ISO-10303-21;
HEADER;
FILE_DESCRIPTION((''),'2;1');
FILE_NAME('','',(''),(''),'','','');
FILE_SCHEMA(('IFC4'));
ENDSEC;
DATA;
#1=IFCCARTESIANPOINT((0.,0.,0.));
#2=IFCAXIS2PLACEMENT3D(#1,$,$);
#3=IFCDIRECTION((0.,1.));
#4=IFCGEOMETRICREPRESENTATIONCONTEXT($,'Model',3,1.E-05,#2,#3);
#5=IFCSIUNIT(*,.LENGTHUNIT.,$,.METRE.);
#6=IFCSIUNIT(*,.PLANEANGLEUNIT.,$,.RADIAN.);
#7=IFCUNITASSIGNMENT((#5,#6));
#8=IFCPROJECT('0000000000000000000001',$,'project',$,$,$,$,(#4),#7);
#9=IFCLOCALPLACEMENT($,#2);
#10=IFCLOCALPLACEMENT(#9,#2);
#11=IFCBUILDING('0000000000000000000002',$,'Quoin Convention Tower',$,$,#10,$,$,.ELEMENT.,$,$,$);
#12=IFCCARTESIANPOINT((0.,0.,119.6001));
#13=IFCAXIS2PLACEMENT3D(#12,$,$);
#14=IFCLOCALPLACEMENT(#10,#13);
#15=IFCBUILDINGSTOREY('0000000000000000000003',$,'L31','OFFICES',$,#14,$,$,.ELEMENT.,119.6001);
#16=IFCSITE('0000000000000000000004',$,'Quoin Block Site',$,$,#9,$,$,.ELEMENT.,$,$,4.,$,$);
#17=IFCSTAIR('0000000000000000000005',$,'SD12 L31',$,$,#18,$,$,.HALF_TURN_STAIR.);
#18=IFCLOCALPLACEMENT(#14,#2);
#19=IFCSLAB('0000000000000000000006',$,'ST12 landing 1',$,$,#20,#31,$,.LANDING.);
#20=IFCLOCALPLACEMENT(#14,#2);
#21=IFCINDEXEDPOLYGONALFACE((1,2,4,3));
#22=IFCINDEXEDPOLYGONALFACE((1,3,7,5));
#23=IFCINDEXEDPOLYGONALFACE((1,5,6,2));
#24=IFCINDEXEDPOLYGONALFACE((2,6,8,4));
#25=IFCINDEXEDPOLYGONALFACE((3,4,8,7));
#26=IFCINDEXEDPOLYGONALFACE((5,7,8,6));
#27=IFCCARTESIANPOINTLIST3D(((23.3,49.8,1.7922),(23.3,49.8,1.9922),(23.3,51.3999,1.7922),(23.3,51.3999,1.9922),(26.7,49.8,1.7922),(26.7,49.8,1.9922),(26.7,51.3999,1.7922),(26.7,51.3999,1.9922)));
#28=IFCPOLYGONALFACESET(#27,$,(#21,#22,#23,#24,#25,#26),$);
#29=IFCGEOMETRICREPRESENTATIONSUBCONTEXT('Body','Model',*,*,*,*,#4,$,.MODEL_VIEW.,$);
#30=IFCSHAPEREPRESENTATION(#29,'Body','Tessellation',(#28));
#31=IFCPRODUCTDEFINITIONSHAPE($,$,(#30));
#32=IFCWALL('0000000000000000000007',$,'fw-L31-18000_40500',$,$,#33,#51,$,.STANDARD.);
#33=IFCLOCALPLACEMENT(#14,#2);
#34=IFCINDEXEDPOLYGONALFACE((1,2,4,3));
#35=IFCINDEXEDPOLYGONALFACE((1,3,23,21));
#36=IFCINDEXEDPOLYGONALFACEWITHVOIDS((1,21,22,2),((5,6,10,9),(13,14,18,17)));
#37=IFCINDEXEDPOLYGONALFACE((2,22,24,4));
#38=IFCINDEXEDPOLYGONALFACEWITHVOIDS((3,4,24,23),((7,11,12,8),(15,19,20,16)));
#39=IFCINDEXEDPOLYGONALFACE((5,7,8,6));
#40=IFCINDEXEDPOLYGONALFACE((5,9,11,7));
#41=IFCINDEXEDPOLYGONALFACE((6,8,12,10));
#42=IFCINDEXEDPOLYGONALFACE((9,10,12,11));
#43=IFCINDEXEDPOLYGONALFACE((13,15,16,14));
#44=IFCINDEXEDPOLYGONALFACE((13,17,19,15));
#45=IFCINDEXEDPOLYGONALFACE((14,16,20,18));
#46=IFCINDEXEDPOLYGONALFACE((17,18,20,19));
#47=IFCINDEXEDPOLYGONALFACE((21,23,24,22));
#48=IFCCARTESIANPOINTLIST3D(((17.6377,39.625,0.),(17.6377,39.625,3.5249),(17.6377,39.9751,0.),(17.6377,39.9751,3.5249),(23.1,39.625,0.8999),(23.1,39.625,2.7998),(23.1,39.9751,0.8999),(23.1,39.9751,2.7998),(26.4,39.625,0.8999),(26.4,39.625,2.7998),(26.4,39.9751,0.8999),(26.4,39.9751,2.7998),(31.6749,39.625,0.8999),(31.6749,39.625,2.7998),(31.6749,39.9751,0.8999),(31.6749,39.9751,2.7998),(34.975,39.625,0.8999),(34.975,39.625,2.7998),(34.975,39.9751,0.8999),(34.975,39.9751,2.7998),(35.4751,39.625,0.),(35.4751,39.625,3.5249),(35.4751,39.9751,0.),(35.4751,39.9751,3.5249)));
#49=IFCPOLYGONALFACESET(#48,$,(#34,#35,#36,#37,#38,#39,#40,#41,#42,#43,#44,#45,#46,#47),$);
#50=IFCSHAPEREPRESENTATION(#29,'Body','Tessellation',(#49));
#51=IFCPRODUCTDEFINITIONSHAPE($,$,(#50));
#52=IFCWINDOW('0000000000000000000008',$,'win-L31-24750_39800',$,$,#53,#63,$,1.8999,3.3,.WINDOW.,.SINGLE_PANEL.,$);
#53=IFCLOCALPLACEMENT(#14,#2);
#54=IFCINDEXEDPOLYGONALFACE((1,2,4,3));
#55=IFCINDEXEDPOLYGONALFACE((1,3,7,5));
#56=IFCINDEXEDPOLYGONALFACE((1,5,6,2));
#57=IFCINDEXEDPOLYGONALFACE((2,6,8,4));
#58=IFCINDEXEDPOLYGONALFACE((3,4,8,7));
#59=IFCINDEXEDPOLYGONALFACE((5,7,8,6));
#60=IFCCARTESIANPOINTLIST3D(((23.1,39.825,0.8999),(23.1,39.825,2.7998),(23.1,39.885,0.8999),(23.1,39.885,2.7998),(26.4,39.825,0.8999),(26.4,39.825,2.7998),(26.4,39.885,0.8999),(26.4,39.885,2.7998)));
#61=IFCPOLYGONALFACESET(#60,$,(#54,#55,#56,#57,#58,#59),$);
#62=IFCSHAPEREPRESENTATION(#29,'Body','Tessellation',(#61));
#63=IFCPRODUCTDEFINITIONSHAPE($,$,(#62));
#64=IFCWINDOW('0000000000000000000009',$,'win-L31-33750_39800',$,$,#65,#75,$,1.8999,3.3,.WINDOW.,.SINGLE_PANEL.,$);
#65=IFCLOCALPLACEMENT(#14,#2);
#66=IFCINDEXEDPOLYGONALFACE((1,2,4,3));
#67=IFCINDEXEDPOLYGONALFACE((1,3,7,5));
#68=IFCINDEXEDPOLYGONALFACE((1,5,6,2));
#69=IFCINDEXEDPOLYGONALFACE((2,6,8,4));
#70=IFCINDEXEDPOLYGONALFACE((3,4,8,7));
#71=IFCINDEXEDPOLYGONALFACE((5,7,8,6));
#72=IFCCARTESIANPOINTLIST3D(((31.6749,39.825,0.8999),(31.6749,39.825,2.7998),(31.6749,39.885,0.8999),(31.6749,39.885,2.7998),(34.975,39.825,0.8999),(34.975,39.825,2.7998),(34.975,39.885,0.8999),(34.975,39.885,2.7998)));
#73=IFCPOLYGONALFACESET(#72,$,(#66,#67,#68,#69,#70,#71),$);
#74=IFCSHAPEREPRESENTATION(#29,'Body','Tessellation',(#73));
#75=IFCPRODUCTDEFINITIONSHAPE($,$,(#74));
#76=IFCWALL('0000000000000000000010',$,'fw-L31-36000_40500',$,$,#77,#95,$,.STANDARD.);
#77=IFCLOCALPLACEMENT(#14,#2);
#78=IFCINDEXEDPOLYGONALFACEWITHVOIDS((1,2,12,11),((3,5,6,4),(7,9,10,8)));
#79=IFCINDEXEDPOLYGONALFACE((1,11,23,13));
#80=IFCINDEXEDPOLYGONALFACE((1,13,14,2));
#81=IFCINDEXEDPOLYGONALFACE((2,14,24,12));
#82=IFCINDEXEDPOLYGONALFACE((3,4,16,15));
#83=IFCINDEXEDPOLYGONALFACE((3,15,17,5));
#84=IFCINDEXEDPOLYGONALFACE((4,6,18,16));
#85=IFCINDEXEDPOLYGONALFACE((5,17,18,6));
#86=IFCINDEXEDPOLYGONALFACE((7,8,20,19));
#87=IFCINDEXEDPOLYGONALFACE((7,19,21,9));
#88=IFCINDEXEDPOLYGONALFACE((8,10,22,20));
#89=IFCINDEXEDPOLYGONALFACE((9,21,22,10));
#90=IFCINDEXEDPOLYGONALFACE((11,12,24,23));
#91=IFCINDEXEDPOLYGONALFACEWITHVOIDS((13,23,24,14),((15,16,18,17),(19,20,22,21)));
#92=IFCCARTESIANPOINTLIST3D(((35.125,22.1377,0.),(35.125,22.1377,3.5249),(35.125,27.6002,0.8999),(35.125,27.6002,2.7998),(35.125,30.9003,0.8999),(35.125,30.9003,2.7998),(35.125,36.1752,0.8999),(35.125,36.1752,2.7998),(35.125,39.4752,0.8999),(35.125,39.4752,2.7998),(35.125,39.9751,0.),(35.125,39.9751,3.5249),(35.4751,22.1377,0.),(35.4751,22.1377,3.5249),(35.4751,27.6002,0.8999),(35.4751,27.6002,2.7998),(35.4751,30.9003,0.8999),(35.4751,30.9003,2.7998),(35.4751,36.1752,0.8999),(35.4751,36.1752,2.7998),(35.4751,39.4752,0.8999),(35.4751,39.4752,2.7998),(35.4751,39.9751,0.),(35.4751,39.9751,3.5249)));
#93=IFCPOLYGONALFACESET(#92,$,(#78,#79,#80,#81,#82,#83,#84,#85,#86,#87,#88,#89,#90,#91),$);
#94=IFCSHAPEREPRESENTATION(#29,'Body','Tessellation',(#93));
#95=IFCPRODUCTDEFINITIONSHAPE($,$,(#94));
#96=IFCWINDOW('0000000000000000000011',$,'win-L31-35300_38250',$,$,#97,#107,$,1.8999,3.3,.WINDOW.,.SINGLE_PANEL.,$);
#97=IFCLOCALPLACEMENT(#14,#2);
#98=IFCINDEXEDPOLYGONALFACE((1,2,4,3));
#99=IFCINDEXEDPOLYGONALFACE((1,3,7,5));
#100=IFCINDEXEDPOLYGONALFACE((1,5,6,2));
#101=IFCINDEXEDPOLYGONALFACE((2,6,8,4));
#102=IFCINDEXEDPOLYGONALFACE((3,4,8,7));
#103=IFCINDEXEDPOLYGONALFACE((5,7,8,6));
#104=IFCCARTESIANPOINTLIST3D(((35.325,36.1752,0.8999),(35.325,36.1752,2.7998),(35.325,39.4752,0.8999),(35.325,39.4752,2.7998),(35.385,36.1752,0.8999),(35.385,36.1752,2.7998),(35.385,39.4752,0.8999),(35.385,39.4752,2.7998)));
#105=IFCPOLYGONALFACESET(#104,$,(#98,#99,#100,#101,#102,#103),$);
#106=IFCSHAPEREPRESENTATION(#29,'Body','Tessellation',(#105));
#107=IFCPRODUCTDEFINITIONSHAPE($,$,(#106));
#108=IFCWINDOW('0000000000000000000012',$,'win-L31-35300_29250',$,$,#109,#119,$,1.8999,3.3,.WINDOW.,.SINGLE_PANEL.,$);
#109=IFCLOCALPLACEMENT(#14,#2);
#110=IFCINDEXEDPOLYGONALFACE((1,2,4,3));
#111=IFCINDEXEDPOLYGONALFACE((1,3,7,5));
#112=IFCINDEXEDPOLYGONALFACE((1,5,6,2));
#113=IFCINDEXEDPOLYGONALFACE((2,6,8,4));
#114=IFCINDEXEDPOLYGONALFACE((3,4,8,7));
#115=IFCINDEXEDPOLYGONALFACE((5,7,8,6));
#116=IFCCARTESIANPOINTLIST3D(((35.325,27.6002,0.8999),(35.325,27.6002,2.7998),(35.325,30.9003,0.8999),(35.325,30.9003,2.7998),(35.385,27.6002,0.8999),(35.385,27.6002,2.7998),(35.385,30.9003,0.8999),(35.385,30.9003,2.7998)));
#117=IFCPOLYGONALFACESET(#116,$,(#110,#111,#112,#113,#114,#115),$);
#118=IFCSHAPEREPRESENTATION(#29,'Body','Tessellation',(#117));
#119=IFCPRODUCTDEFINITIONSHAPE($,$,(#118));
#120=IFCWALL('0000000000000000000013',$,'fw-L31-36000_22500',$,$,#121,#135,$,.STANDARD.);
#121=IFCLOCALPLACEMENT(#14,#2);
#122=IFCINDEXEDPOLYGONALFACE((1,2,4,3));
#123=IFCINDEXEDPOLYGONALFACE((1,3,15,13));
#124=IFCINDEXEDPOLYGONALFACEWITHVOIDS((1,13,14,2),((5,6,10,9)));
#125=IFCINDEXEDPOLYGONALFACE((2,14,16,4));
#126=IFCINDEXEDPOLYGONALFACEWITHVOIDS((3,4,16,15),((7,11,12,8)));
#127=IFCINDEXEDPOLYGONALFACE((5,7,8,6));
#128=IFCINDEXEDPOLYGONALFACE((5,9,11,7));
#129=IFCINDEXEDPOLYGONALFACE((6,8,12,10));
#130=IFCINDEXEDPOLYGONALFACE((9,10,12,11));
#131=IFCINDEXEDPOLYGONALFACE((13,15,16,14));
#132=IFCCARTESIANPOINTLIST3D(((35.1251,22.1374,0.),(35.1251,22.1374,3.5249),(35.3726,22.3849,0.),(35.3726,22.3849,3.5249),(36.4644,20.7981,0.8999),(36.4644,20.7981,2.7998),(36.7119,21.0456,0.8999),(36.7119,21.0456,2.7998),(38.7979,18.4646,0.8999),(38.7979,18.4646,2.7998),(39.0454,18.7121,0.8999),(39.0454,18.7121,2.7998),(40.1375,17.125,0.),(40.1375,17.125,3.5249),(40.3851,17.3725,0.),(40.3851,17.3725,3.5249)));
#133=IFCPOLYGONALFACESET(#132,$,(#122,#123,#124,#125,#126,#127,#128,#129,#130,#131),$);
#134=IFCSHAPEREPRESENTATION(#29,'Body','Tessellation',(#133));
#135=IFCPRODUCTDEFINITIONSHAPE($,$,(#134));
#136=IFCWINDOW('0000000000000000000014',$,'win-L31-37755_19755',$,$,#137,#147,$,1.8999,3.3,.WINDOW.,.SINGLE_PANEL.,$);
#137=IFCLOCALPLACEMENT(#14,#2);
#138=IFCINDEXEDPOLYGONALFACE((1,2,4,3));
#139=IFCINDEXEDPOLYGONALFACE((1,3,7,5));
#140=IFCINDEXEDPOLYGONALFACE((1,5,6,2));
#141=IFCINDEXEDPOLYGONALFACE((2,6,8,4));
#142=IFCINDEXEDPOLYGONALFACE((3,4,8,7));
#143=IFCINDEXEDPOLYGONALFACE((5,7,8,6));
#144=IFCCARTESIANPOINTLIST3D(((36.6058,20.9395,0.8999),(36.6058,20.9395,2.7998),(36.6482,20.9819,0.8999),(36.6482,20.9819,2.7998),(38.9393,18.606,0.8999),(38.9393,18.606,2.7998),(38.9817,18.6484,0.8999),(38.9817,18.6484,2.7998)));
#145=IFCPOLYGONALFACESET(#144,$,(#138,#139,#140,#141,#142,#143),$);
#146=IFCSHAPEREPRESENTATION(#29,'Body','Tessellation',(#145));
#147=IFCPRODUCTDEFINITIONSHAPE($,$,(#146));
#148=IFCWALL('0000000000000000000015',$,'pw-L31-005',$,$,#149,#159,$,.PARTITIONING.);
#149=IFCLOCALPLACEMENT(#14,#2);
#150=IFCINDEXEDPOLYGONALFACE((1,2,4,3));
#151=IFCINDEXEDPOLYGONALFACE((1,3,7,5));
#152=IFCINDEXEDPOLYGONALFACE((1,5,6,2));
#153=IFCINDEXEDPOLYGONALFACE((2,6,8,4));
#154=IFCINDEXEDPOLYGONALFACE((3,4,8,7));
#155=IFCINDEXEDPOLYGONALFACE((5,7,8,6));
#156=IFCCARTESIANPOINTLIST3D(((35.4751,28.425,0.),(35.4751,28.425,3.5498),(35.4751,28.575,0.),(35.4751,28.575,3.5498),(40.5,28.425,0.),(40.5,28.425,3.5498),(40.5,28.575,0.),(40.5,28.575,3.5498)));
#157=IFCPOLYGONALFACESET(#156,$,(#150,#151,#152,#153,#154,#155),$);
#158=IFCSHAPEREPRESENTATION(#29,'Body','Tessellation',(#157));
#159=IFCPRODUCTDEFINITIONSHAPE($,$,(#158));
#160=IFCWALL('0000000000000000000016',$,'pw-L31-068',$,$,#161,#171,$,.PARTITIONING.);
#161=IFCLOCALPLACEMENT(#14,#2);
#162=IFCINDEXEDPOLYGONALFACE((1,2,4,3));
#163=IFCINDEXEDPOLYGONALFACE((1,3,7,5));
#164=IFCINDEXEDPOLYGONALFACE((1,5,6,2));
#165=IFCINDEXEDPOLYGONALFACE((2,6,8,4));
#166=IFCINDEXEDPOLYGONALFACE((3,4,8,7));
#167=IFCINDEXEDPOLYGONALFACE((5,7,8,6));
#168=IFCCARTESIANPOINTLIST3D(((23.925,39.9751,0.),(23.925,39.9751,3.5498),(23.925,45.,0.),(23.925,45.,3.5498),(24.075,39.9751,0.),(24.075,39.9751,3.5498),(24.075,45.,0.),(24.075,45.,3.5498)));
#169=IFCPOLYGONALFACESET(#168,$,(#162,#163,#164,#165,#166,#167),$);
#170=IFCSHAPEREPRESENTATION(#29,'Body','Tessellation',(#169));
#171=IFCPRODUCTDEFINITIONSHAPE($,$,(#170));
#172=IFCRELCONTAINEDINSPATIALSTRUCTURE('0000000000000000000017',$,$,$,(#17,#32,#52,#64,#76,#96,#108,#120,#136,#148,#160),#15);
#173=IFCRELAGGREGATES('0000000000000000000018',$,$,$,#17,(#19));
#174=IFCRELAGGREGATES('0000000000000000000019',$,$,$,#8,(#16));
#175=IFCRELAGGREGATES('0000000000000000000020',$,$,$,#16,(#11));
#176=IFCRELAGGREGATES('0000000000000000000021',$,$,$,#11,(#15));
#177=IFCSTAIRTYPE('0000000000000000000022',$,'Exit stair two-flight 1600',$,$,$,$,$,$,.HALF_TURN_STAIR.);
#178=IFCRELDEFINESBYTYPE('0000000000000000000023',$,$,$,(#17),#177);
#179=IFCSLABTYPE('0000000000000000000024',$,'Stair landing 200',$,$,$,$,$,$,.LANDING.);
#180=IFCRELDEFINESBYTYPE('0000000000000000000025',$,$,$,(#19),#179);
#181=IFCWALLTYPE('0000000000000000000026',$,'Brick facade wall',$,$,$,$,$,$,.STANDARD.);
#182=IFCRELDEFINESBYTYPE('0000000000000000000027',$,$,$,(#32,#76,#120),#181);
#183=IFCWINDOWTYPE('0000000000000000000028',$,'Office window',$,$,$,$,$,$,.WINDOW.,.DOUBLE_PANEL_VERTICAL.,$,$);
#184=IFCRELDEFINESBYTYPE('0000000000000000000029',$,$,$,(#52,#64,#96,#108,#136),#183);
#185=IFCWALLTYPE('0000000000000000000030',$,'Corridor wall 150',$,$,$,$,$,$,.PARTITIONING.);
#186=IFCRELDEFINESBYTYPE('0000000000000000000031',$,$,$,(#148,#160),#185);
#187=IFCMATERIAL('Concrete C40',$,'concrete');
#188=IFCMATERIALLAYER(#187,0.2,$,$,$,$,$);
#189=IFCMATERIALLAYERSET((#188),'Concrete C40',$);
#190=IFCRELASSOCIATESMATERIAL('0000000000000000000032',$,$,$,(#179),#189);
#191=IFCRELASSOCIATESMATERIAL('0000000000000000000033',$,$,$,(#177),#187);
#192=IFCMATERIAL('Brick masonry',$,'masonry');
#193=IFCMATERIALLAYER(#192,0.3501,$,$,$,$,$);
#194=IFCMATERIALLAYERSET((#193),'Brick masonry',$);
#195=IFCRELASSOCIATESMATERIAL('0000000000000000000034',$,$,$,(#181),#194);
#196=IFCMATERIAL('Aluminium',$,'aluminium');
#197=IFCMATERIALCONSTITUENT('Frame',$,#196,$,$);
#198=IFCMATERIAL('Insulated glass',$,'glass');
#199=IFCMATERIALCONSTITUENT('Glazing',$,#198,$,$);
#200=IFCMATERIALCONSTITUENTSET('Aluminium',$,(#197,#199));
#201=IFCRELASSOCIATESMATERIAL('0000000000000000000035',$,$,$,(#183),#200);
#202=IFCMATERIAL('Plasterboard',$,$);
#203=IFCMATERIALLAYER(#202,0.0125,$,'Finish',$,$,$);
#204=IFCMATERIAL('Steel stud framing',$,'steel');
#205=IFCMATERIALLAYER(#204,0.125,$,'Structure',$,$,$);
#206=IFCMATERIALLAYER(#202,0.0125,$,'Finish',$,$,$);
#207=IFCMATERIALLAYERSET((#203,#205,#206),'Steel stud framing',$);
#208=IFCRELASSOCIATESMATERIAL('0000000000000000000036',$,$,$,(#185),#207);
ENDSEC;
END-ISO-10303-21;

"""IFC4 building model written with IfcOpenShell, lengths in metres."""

from ifc_helpers import new_model, si_unit, direction, frame, frame_2d, origin, place, context, subcontext, project, spatial, polyline, rectangle, outline, extrude, material, layer, layer_set, constituent, constituent_set, type_object, element, fill, aggregate, save


model = new_model("IFC4")

# Units and contexts
model_context = context("Model", 3, precision=1e-05, world=origin(), true_north=direction((0.0, 1.0)))
body_context = subcontext(model_context, "Body", "Model", "MODEL_VIEW")
ifc_project = project(units=[si_unit("LENGTHUNIT", "METRE"), si_unit("PLANEANGLEUNIT", "RADIAN")], contexts=[model_context])

# Site, building, storey
site_placement = place(None, origin())
site = spatial("IfcSite", under=ifc_project, at=site_placement, Name="Quoin Block Site", CompositionType="ELEMENT", RefElevation=4.0)
building_placement = place(site_placement, origin())
building = spatial("IfcBuilding", under=site, at=building_placement, Name="Quoin Convention Tower", CompositionType="ELEMENT")
storey_placement = place(building_placement, frame((0.0, 0.0, 119.6001)))
storey = spatial("IfcBuildingStorey", under=building, at=storey_placement, Name="L31", Description="OFFICES", CompositionType="ELEMENT", Elevation=119.6001)

# Shared definitions
ifc_material_1 = material(Name="Concrete C40", Category="concrete")

# Stair, slab
ifc_layer_1 = layer(ifc_material_1, 0.2)
ifc_layer_set_1 = layer_set([ifc_layer_1], Name="Concrete C40")
slab_type_1 = type_object("IfcSlabType", Name="Stair landing 200", PredefinedType="LANDING", material=ifc_layer_set_1)
stair_type_1 = type_object("IfcStairType", Name="Exit stair two-flight 1600", PredefinedType="HALF_TURN_STAIR", material=ifc_material_1)
stair_1_placement = place(storey_placement, origin())
stair_1 = element("IfcStair", 1, at=stair_1_placement, inside=storey, type_object=stair_type_1, Name="SD12 L31", PredefinedType="HALF_TURN_STAIR")
slab_1_placement = place(storey_placement, frame((0.0, 0.0, 1.7922)))
slab_1 = element("IfcSlab", 2, at=slab_1_placement, type_object=slab_type_1, Name="ST12 landing 1", PredefinedType="LANDING", context=body_context, shape_type="SweptSolid", body=[
    extrude(outline(polyline([(26.7, 51.3999), (23.3, 51.3999), (23.3, 49.8), (26.7, 49.8), (26.7, 51.3999)])), origin(), (0.0, 0.0, 1.0), 0.2),
])
aggregate(stair_1, [slab_1])

# Walls, openings, windows
ifc_material_2 = material(Name="Brick masonry", Category="masonry")
ifc_layer_2 = layer(ifc_material_2, 0.3501)
ifc_layer_set_2 = layer_set([ifc_layer_2], Name="Brick masonry")
wall_type_1 = type_object("IfcWallType", Name="Brick facade wall", PredefinedType="STANDARD", material=ifc_layer_set_2)
wall_1_placement = place(storey_placement, frame((17.6377, 39.8, 0.0), z_axis=(0.0, 0.0, 1.0), x_axis=(1.0, 0.0, 0.0)))
wall_1 = element("IfcWall", 3, at=wall_1_placement, inside=storey, type_object=wall_type_1, Name="fw-L31-18000_40500", PredefinedType="STANDARD", context=body_context, shape_type="SweptSolid", body=[
    extrude(rectangle(XDim=17.8374, YDim=0.3501, at=frame_2d((8.9187, 0.0))), origin(), (0.0, 0.0, 1.0), 3.5249),
])
opening_1_placement = place(wall_1_placement, frame((5.4624, 0.0, 0.8999)))
opening_1 = element("IfcOpeningElement", 4, at=opening_1_placement, cuts=wall_1, PredefinedType="OPENING", context=body_context, shape_type="SweptSolid", body=[
    extrude(rectangle(XDim=3.3, YDim=1.8999, at=frame_2d((1.6499, 0.95))), frame((0.0, 0.1851, 0.0), z_axis=(0.0, -1.0, 0.0), x_axis=(1.0, 0.0, 0.0)), (0.0, 0.0, 1.0), 0.3701),
])
opening_2_placement = place(wall_1_placement, frame((14.0374, 0.0, 0.8999)))
opening_2 = element("IfcOpeningElement", 5, at=opening_2_placement, cuts=wall_1, PredefinedType="OPENING", context=body_context, shape_type="SweptSolid", body=[
    extrude(rectangle(XDim=3.3, YDim=1.8999, at=frame_2d((1.6499, 0.95))), frame((0.0, 0.1851, 0.0), z_axis=(0.0, -1.0, 0.0), x_axis=(1.0, 0.0, 0.0)), (0.0, 0.0, 1.0), 0.3701),
])
ifc_material_3 = material(Name="Aluminium", Category="aluminium")
ifc_constituent_1 = constituent(ifc_material_3, Name="Frame")
ifc_material_4 = material(Name="Insulated glass", Category="glass")
ifc_constituent_2 = constituent(ifc_material_4, Name="Glazing")
ifc_constituent_set = constituent_set(constituents=[ifc_constituent_1, ifc_constituent_2], Name="Aluminium")
window_type = type_object("IfcWindowType", Name="Office window", PartitioningType="DOUBLE_PANEL_VERTICAL", PredefinedType="WINDOW", material=ifc_constituent_set)
window_1_placement = place(opening_1_placement, origin())
window_1 = element("IfcWindow", 6, at=window_1_placement, inside=storey, type_object=window_type, Name="win-L31-24750_39800", OverallHeight=1.8999, OverallWidth=3.3, PartitioningType="SINGLE_PANEL", PredefinedType="WINDOW", context=body_context, shape_type="SweptSolid", body=[
    extrude(rectangle(XDim=3.3, YDim=1.8999, at=frame_2d((1.6499, 0.95))), frame((0.0, 0.085, 0.0), z_axis=(0.0, -1.0, 0.0), x_axis=(1.0, 0.0, 0.0)), (0.0, 0.0, 1.0), 0.0601),
])
fill(opening_1, window_1)
window_2_placement = place(opening_2_placement, origin())
window_2 = element("IfcWindow", 7, at=window_2_placement, inside=storey, type_object=window_type, Name="win-L31-33750_39800", OverallHeight=1.8999, OverallWidth=3.3, PartitioningType="SINGLE_PANEL", PredefinedType="WINDOW", context=body_context, shape_type="SweptSolid", body=[
    extrude(rectangle(XDim=3.3, YDim=1.8999, at=frame_2d((1.6499, 0.95))), frame((0.0, 0.085, 0.0), z_axis=(0.0, -1.0, 0.0), x_axis=(1.0, 0.0, 0.0)), (0.0, 0.0, 1.0), 0.0601),
])
fill(opening_2, window_2)
wall_2_placement = place(storey_placement, frame((35.3, 39.9751, 0.0), z_axis=(0.0, 0.0, 1.0), x_axis=(0.0, -1.0, 0.0)))
wall_2 = element("IfcWall", 8, at=wall_2_placement, inside=storey, type_object=wall_type_1, Name="fw-L31-36000_40500", PredefinedType="STANDARD", context=body_context, shape_type="SweptSolid", body=[
    extrude(rectangle(XDim=17.8374, YDim=0.3501, at=frame_2d((8.9187, 0.0))), origin(), (0.0, 0.0, 1.0), 3.5249),
])
opening_3_placement = place(wall_2_placement, frame((0.5, 0.0, 0.8999)))
opening_3 = element("IfcOpeningElement", 9, at=opening_3_placement, cuts=wall_2, PredefinedType="OPENING", context=body_context, shape_type="SweptSolid", body=[
    extrude(rectangle(XDim=3.3, YDim=1.8999, at=frame_2d((1.6499, 0.95))), frame((0.0, 0.1851, 0.0), z_axis=(0.0, -1.0, 0.0), x_axis=(1.0, 0.0, 0.0)), (0.0, 0.0, 1.0), 0.3701),
])
opening_4_placement = place(wall_2_placement, frame((9.075, 0.0, 0.8999)))
opening_4 = element("IfcOpeningElement", 10, at=opening_4_placement, cuts=wall_2, PredefinedType="OPENING", context=body_context, shape_type="SweptSolid", body=[
    extrude(rectangle(XDim=3.3, YDim=1.8999, at=frame_2d((1.6499, 0.95))), frame((0.0, 0.1851, 0.0), z_axis=(0.0, -1.0, 0.0), x_axis=(1.0, 0.0, 0.0)), (0.0, 0.0, 1.0), 0.3701),
])
window_3_placement = place(opening_3_placement, origin())
window_3 = element("IfcWindow", 11, at=window_3_placement, inside=storey, type_object=window_type, Name="win-L31-35300_38250", OverallHeight=1.8999, OverallWidth=3.3, PartitioningType="SINGLE_PANEL", PredefinedType="WINDOW", context=body_context, shape_type="SweptSolid", body=[
    extrude(rectangle(XDim=3.3, YDim=1.8999, at=frame_2d((1.6499, 0.95))), frame((0.0, 0.085, 0.0), z_axis=(0.0, -1.0, 0.0), x_axis=(1.0, 0.0, 0.0)), (0.0, 0.0, 1.0), 0.0601),
])
fill(opening_3, window_3)
window_4_placement = place(opening_4_placement, origin())
window_4 = element("IfcWindow", 12, at=window_4_placement, inside=storey, type_object=window_type, Name="win-L31-35300_29250", OverallHeight=1.8999, OverallWidth=3.3, PartitioningType="SINGLE_PANEL", PredefinedType="WINDOW", context=body_context, shape_type="SweptSolid", body=[
    extrude(rectangle(XDim=3.3, YDim=1.8999, at=frame_2d((1.6499, 0.95))), frame((0.0, 0.085, 0.0), z_axis=(0.0, -1.0, 0.0), x_axis=(1.0, 0.0, 0.0)), (0.0, 0.0, 1.0), 0.0601),
])
fill(opening_4, window_4)

# Wall, opening, window
wall_3_placement = place(storey_placement, frame((35.2488, 22.2612, 0.0), z_axis=(0.0, 0.0, 1.0), x_axis=(0.707107, -0.707107, 0.0)))
wall_3 = element("IfcWall", 13, at=wall_3_placement, inside=storey, type_object=wall_type_1, Name="fw-L31-36000_22500", PredefinedType="STANDARD", context=body_context, shape_type="SweptSolid", body=[
    extrude(rectangle(XDim=7.0886, YDim=0.3501, at=frame_2d((3.5444, 0.0))), origin(), (0.0, 0.0, 1.0), 3.5249),
])
opening_5_placement = place(wall_3_placement, frame((1.8943, 0.0, 0.8999)))
opening_5 = element("IfcOpeningElement", 14, at=opening_5_placement, cuts=wall_3, PredefinedType="OPENING", context=body_context, shape_type="SweptSolid", body=[
    extrude(rectangle(XDim=3.3, YDim=1.8999, at=frame_2d((1.6499, 0.95))), frame((0.0, 0.1851, 0.0), z_axis=(0.0, -1.0, 0.0), x_axis=(1.0, 0.0, 0.0)), (0.0, 0.0, 1.0), 0.3701),
])
window_5_placement = place(opening_5_placement, origin())
window_5 = element("IfcWindow", 15, at=window_5_placement, inside=storey, type_object=window_type, Name="win-L31-37755_19755", OverallHeight=1.8999, OverallWidth=3.3, PartitioningType="SINGLE_PANEL", PredefinedType="WINDOW", context=body_context, shape_type="SweptSolid", body=[
    extrude(rectangle(XDim=3.3, YDim=1.8999, at=frame_2d((1.6499, 0.95))), frame((0.0, 0.085, 0.0), z_axis=(0.0, -1.0, 0.0), x_axis=(1.0, 0.0, 0.0)), (0.0, 0.0, 1.0), 0.0601),
])
fill(opening_5, window_5)

# Walls
ifc_material_5 = material(Name="Plasterboard")
ifc_layer_3 = layer(ifc_material_5, 0.0125, Name="Finish")
ifc_material_6 = material(Name="Steel stud framing", Category="steel")
ifc_layer_4 = layer(ifc_material_6, 0.125, Name="Structure")
ifc_layer_5 = layer(ifc_material_5, 0.0125, Name="Finish")
ifc_layer_set_3 = layer_set([ifc_layer_3, ifc_layer_4, ifc_layer_5], Name="Steel stud framing")
wall_type_2 = type_object("IfcWallType", Name="Corridor wall 150", PredefinedType="PARTITIONING", material=ifc_layer_set_3)
for number, where, z_axis, x_axis, name in (
    (16, (35.4751, 28.5, 0.0), (0.0, 0.0, 1.0), (1.0, 0.0, 0.0), "pw-L31-005"),
    (17, (24.0, 39.9751, 0.0), (0.0, 0.0, 1.0), (0.0, 1.0, 0.0), "pw-L31-068"),
):
    element("IfcWall", number, at=place(storey_placement, frame(where, z_axis=z_axis, x_axis=x_axis)), inside=storey, type_object=wall_type_2, Name=name, PredefinedType="PARTITIONING", context=body_context, shape_type="SweptSolid", body=[
        extrude(rectangle(XDim=5.0249, YDim=0.1499, at=frame_2d((2.5125, 0.0))), origin(), (0.0, 0.0, 1.0), 3.5498),
    ])

save(model, "model.ifc")
